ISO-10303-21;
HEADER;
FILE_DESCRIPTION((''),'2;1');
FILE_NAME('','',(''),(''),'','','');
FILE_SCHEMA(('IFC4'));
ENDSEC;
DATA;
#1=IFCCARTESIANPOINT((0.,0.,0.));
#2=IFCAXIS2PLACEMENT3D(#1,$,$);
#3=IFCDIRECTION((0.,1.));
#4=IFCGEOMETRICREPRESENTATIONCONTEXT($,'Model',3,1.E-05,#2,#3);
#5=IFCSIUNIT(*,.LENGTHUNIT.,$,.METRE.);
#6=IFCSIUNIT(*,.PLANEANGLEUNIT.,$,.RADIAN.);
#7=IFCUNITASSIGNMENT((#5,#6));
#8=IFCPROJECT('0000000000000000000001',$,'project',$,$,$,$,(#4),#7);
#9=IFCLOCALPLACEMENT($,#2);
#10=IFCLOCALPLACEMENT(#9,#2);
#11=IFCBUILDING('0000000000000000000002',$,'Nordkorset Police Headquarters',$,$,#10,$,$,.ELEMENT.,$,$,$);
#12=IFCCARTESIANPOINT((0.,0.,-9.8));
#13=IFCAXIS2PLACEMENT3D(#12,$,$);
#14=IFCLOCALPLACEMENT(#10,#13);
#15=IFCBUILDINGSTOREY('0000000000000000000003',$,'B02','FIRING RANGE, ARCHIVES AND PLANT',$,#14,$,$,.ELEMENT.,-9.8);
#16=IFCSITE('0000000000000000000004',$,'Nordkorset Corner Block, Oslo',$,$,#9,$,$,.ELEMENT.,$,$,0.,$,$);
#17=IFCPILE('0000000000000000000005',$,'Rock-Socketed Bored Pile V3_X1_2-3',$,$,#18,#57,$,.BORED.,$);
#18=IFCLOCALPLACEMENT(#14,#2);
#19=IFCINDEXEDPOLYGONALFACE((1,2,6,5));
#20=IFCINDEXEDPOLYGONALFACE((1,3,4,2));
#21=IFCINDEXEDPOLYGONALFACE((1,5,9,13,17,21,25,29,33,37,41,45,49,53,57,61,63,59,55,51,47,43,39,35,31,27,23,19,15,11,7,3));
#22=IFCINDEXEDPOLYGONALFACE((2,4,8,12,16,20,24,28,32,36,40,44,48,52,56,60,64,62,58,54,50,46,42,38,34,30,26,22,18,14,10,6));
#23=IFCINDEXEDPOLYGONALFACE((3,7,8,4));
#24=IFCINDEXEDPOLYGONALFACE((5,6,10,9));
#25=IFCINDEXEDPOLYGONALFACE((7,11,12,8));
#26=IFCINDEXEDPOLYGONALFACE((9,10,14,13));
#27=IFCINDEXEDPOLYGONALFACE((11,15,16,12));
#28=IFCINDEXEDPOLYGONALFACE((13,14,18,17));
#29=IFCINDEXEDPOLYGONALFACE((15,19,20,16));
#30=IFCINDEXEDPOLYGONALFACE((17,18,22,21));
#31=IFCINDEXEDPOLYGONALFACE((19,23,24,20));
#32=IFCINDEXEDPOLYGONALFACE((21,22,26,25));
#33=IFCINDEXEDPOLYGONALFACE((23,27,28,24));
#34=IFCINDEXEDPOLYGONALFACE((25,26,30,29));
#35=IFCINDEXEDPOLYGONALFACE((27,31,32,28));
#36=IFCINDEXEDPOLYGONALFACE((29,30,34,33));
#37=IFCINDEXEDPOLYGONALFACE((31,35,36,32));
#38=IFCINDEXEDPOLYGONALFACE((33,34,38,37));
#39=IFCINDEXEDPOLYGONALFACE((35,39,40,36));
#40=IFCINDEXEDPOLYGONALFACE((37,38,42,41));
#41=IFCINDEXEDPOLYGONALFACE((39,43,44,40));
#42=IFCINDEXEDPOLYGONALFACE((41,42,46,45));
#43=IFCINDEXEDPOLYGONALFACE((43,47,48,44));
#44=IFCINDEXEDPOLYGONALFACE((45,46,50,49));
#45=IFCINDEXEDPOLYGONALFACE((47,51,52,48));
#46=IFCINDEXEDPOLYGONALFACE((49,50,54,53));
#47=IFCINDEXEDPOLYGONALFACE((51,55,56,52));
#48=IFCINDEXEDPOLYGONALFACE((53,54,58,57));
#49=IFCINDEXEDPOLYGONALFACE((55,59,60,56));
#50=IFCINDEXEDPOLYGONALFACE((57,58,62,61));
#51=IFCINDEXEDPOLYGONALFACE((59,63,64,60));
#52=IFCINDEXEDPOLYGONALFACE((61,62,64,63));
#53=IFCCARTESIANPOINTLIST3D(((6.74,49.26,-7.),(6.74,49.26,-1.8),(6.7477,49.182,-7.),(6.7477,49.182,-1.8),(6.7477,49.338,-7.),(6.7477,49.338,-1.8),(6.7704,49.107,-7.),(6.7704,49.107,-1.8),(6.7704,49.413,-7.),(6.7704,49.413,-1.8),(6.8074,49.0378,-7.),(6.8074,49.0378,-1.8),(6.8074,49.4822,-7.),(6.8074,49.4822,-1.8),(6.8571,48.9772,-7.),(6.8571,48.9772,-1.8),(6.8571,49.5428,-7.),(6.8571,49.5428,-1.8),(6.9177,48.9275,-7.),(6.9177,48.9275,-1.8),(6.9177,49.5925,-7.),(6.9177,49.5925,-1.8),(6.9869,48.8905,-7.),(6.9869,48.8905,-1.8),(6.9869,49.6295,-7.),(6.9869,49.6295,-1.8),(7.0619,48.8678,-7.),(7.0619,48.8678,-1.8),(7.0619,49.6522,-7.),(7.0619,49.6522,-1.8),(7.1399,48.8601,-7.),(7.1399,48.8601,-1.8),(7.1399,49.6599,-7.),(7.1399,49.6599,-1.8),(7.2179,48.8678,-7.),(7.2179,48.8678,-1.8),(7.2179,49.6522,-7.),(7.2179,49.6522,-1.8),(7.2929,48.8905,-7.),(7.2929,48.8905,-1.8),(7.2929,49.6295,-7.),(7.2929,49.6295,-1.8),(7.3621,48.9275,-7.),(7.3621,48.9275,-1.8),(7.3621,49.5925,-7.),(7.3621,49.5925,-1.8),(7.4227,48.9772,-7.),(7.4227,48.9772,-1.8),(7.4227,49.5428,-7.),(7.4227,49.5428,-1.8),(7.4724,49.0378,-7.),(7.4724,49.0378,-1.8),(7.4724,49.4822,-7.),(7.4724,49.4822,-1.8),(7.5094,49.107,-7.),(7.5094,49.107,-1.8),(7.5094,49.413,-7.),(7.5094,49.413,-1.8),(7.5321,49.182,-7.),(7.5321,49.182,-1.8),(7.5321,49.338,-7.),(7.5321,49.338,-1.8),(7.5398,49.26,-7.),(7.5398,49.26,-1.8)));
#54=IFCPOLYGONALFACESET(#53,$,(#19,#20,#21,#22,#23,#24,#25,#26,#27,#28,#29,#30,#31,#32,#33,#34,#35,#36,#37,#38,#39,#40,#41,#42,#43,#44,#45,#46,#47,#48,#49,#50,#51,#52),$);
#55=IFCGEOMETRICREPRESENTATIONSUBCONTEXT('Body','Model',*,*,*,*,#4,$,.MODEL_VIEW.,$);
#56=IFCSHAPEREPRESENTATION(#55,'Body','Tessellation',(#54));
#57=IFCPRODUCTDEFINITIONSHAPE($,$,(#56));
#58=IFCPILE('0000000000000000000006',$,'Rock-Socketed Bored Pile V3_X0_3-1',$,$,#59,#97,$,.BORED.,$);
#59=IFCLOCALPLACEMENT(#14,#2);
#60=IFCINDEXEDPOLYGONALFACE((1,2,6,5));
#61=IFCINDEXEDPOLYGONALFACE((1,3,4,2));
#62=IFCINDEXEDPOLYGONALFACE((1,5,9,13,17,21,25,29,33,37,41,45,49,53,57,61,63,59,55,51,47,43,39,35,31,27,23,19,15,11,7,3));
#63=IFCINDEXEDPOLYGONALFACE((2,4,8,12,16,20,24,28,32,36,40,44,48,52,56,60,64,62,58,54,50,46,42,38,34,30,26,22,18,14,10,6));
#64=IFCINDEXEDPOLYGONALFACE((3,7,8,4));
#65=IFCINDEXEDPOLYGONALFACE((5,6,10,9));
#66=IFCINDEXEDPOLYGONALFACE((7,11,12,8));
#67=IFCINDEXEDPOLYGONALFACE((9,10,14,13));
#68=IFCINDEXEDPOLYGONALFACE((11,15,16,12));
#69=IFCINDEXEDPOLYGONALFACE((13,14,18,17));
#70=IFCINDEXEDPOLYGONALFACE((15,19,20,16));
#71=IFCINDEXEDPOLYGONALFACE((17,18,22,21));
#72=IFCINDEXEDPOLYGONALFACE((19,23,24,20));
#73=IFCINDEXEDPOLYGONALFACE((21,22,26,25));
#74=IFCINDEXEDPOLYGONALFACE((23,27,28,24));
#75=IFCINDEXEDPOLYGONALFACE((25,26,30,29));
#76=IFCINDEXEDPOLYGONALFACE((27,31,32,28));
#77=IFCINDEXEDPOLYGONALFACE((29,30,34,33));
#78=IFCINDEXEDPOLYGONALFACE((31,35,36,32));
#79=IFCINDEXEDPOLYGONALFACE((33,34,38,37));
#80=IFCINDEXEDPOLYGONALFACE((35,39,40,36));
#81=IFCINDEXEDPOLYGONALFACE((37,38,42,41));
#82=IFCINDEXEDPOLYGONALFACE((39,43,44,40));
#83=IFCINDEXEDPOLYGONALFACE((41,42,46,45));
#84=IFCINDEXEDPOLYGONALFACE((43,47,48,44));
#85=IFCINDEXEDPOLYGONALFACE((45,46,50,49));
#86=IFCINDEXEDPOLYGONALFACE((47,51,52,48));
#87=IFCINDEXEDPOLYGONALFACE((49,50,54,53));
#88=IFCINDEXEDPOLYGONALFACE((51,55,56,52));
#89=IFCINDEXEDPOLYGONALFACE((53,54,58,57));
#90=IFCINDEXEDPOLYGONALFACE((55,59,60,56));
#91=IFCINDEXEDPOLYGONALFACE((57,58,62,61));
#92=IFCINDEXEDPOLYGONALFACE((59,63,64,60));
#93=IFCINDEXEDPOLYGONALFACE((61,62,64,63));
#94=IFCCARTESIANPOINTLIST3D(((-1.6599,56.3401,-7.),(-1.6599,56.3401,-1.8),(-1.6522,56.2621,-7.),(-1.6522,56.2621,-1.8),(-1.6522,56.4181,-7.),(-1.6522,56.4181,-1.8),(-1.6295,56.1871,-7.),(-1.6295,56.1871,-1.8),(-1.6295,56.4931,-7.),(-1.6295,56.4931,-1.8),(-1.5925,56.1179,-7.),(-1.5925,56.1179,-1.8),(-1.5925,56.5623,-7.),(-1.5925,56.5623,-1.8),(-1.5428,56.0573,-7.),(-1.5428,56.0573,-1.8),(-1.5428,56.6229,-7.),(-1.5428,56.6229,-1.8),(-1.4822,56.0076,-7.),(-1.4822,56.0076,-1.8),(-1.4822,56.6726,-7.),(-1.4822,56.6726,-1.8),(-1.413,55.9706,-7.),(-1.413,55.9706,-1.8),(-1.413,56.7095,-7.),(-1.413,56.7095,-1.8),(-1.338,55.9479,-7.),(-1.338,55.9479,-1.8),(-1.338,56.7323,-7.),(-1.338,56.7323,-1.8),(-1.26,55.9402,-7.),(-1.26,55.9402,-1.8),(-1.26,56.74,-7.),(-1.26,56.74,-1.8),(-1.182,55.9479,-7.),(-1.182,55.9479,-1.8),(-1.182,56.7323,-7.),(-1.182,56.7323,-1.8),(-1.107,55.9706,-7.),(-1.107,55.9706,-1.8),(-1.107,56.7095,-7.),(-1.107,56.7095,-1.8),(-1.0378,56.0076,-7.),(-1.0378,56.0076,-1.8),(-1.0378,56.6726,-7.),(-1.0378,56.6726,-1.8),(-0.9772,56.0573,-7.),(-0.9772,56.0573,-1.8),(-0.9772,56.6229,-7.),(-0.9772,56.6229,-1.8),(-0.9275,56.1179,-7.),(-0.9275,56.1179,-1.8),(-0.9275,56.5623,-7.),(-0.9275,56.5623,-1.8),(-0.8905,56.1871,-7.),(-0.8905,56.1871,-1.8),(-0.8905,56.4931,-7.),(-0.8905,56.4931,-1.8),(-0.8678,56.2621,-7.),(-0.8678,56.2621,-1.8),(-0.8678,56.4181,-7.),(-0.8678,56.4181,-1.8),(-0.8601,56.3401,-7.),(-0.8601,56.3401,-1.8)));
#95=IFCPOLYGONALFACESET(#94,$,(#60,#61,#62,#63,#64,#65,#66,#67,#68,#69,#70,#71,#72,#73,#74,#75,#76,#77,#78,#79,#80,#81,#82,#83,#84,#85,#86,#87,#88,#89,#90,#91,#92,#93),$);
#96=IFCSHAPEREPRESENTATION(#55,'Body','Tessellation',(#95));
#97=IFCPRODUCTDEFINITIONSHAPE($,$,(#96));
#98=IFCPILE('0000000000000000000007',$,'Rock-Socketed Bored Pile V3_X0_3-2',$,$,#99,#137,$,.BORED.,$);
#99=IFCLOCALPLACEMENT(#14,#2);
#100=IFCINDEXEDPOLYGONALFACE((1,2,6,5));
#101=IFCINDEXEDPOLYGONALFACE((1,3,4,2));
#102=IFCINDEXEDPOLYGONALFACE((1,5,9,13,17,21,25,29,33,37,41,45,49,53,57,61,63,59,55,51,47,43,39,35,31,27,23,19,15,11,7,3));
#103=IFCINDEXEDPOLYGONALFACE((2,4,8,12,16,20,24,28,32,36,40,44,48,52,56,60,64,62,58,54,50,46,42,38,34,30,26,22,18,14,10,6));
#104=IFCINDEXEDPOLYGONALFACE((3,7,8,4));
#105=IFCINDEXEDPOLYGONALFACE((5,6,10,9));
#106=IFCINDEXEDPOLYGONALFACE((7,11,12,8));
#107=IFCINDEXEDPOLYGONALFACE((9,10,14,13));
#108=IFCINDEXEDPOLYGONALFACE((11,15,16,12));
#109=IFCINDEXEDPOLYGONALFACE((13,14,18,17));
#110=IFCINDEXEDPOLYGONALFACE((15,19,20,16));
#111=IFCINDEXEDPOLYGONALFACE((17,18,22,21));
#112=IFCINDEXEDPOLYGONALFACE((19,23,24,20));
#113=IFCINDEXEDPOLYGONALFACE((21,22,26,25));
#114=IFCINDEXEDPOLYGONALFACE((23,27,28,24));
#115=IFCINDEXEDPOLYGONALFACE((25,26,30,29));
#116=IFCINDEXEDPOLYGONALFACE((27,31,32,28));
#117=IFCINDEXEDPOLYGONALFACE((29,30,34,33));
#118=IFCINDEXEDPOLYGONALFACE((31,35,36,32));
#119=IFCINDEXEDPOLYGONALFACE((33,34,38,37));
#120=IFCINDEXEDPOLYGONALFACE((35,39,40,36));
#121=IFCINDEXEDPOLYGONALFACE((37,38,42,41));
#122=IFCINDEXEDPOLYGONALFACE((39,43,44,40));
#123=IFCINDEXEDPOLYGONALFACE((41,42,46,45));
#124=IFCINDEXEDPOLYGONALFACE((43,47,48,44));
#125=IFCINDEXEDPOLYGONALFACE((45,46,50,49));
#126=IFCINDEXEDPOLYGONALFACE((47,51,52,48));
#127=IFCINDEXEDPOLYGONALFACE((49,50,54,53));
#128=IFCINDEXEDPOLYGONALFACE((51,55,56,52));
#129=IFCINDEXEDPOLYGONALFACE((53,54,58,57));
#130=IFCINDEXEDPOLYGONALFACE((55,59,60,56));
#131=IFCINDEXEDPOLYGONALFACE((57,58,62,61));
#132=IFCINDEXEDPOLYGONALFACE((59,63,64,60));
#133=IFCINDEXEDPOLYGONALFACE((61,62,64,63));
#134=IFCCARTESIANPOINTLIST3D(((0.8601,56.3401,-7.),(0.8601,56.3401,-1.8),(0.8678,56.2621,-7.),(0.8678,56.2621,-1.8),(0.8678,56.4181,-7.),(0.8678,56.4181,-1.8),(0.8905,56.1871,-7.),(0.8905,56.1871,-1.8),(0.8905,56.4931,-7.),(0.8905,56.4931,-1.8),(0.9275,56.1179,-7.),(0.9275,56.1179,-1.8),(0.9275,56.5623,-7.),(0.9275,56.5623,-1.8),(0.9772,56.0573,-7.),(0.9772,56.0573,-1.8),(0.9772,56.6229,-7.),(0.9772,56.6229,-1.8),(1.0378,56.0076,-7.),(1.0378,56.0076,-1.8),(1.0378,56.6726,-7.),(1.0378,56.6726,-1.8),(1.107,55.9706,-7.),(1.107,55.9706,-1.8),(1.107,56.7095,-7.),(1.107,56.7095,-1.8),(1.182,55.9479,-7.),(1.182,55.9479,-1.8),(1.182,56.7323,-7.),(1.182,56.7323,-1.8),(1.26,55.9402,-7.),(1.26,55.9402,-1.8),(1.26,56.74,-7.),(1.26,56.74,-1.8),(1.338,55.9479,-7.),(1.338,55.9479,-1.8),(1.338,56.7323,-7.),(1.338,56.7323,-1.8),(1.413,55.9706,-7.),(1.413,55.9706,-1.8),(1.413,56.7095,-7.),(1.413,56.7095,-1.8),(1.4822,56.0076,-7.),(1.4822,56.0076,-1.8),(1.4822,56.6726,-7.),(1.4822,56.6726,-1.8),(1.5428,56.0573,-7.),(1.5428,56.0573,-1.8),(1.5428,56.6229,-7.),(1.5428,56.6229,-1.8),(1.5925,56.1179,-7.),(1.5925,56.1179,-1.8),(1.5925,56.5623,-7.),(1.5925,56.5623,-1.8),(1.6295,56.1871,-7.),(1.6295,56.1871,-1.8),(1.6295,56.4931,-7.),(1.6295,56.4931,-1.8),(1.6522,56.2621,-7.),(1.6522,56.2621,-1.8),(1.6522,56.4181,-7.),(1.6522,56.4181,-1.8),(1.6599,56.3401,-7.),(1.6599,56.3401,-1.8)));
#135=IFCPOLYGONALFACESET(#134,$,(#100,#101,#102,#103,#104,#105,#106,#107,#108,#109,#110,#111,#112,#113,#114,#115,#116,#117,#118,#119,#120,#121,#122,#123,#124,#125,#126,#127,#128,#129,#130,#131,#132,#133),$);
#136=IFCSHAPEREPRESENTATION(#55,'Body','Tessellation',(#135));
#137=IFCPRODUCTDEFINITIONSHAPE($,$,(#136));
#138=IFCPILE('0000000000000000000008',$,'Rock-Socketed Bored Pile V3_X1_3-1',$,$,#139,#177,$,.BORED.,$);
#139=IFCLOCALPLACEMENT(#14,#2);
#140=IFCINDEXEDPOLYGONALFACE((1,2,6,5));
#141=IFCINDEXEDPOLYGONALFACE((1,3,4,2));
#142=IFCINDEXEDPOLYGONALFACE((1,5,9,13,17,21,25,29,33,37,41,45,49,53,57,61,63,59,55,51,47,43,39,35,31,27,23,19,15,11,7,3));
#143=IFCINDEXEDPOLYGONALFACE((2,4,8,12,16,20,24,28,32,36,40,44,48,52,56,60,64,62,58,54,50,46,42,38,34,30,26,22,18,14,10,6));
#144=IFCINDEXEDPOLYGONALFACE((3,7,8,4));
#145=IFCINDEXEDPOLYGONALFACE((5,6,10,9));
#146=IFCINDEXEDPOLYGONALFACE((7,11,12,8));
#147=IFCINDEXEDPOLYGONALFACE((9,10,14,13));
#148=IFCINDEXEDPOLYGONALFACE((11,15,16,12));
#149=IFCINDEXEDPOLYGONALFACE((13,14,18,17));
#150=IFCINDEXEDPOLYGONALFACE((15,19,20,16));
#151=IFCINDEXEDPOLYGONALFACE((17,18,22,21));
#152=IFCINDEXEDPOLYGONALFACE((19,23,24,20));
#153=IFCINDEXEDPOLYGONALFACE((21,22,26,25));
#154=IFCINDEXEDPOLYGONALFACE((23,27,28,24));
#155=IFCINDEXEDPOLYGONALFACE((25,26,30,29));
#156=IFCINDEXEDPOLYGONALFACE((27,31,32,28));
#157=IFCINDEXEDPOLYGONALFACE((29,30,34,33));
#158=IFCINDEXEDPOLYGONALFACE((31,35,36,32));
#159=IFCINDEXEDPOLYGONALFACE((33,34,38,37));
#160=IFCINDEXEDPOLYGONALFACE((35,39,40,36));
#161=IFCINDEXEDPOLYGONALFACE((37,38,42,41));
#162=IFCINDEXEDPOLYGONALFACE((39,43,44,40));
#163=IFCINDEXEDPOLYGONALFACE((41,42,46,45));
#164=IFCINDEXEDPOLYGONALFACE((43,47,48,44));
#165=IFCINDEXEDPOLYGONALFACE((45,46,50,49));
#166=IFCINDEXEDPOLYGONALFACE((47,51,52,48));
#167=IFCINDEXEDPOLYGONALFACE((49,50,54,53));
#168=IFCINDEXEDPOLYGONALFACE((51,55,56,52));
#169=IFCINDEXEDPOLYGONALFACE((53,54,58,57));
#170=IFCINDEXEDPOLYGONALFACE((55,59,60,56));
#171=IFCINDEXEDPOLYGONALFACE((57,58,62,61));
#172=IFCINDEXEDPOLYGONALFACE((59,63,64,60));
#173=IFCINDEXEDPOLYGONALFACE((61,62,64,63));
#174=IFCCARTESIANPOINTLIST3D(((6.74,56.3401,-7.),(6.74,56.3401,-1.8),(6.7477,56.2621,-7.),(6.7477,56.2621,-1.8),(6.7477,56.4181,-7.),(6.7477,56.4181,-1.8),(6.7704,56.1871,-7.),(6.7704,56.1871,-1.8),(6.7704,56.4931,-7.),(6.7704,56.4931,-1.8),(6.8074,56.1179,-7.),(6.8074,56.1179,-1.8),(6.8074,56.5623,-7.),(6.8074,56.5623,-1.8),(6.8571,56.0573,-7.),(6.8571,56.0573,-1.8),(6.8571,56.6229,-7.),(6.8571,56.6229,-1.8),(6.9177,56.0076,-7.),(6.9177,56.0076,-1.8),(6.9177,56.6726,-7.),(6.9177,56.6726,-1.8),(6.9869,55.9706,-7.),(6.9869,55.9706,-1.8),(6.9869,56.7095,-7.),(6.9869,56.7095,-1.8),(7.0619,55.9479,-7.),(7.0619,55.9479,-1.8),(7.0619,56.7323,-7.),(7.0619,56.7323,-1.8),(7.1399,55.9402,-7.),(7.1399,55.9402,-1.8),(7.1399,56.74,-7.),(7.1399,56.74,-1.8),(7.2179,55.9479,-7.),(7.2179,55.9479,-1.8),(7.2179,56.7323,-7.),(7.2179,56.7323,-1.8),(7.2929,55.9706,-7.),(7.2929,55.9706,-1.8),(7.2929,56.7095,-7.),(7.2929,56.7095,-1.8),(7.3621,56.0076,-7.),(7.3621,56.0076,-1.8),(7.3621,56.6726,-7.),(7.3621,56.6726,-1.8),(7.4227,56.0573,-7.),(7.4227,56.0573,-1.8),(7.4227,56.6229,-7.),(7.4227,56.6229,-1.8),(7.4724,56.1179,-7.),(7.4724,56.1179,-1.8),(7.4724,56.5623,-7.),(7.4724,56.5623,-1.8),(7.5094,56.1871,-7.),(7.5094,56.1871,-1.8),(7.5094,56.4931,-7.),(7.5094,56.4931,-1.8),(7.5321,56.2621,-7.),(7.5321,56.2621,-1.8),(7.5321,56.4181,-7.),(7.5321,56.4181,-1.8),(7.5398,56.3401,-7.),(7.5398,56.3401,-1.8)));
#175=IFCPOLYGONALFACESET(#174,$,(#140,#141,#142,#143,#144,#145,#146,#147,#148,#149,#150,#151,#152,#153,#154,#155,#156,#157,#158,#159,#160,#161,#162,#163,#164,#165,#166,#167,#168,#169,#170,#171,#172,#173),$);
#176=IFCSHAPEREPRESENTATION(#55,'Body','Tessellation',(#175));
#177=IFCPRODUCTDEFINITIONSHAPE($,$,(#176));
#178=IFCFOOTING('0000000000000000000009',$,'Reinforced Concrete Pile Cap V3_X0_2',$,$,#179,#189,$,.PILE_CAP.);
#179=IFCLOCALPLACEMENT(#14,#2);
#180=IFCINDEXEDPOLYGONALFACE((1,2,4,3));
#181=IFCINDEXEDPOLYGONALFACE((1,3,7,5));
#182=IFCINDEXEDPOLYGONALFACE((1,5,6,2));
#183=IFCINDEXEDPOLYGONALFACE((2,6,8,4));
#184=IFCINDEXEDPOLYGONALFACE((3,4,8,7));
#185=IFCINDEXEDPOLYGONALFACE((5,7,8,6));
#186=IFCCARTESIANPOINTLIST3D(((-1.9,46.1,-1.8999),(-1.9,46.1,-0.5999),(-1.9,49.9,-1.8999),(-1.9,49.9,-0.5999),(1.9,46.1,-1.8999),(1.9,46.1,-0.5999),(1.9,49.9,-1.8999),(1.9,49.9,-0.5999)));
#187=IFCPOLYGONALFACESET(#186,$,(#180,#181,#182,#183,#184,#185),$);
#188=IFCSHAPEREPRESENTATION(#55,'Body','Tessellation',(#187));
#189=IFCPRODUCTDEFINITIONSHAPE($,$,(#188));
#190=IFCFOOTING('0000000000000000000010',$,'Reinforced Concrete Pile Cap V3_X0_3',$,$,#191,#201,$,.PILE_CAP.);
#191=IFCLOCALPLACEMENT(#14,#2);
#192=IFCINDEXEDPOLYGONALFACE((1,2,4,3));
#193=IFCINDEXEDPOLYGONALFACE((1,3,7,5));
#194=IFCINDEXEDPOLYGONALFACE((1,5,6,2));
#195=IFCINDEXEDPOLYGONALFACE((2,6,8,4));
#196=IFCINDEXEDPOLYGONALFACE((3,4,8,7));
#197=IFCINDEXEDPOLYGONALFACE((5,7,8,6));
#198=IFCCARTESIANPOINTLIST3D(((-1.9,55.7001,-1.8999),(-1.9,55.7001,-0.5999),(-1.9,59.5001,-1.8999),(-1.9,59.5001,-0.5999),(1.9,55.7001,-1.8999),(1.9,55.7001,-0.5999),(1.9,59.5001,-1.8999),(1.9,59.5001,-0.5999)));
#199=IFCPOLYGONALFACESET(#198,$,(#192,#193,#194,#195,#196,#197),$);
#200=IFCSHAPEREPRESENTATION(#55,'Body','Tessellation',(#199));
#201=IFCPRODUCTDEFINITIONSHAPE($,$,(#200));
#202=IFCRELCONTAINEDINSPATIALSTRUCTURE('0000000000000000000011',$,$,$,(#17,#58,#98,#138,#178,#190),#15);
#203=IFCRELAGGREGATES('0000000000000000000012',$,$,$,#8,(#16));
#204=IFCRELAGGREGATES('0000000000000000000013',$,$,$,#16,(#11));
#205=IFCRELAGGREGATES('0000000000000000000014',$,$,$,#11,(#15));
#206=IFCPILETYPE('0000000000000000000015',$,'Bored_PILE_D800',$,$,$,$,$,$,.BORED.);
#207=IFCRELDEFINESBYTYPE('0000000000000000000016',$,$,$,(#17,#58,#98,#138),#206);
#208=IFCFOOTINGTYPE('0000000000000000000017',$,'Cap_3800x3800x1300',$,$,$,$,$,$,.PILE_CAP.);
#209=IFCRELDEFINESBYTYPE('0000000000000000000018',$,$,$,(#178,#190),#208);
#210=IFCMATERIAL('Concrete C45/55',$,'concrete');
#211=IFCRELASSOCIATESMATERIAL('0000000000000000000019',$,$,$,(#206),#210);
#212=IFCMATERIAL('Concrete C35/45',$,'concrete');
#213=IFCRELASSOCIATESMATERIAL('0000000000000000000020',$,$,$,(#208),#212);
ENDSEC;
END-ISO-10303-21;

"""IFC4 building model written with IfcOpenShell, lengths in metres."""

from ifc_helpers import new_model, si_unit, direction, frame, origin, origin_2d, place, context, subcontext, project, spatial, rectangle, circle, extrude, material, material_profile, profile_set, type_object, element, save


model = new_model("IFC4")

# Units and contexts
model_context = context("Model", 3, precision=1e-05, world=origin(), true_north=direction((0.0, 1.0)))
body_context = subcontext(model_context, "Body", "Model", "MODEL_VIEW")
ifc_project = project(units=[si_unit("LENGTHUNIT", "METRE"), si_unit("PLANEANGLEUNIT", "RADIAN")], contexts=[model_context])

# Site, building, storey
site_placement = place(None, origin())
site = spatial("IfcSite", under=ifc_project, at=site_placement, Name="Nordkorset Corner Block, Oslo", CompositionType="ELEMENT", RefElevation=0.0)
building_placement = place(site_placement, origin())
building = spatial("IfcBuilding", under=site, at=building_placement, Name="Nordkorset Police Headquarters", CompositionType="ELEMENT")
storey_placement = place(building_placement, frame((0.0, 0.0, -9.8)))
storey = spatial("IfcBuildingStorey", under=building, at=storey_placement, Name="B02", Description="FIRING RANGE, ARCHIVES AND PLANT", CompositionType="ELEMENT", Elevation=-9.8)

# Piles
ifc_material_1 = material(Name="Concrete C45/55", Category="concrete")
ifc_material_profile_1 = material_profile(ifc_material_1, circle(Radius=0.3999, at=origin_2d()), Name="PILE D800")
ifc_profile_set_1 = profile_set([ifc_material_profile_1], Name="Concrete C45/55")
pile_type = type_object("IfcPileType", Name="Bored_PILE_D800", PredefinedType="BORED", material=ifc_profile_set_1)
for number, where, z_axis, x_axis, name in (
    (1, (7.1399, 49.26, -1.8), (0.0, 0.0, -1.0), (1.0, 0.0, 0.0), "Rock-Socketed Bored Pile V3_X1_2-3"),
    (2, (-1.26, 56.3401, -1.8), (0.0, 0.0, -1.0), (1.0, 0.0, 0.0), "Rock-Socketed Bored Pile V3_X0_3-1"),
    (3, (1.26, 56.3401, -1.8), (0.0, 0.0, -1.0), (1.0, 0.0, 0.0), "Rock-Socketed Bored Pile V3_X0_3-2"),
    (4, (7.1399, 56.3401, -1.8), (0.0, 0.0, -1.0), (1.0, 0.0, 0.0), "Rock-Socketed Bored Pile V3_X1_3-1"),
):
    element("IfcPile", number, at=place(storey_placement, frame(where, z_axis=z_axis, x_axis=x_axis)), inside=storey, type_object=pile_type, Name=name, PredefinedType="BORED", context=body_context, shape_type="SweptSolid", body=[
        extrude(circle(Radius=0.3999, at=origin_2d()), origin(), (0.0, 0.0, 1.0), 5.2),
    ])

# Footings
ifc_material_2 = material(Name="Concrete C35/45", Category="concrete")
footing_type = type_object("IfcFootingType", Name="Cap_3800x3800x1300", PredefinedType="PILE_CAP", material=ifc_material_2)
for number, where, z_axis, x_axis, name in (
    (5, (0.0, 48.0, -1.8999), (0.0, 0.0, 1.0), (1.0, 0.0, 0.0), "Reinforced Concrete Pile Cap V3_X0_2"),
    (6, (0.0, 57.6001, -1.8999), (0.0, 0.0, 1.0), (1.0, 0.0, 0.0), "Reinforced Concrete Pile Cap V3_X0_3"),
):
    element("IfcFooting", number, at=place(storey_placement, frame(where, z_axis=z_axis, x_axis=x_axis)), inside=storey, type_object=footing_type, Name=name, PredefinedType="PILE_CAP", context=body_context, shape_type="SweptSolid", body=[
        extrude(rectangle(XDim=3.8, YDim=3.8, at=origin_2d()), origin(), (0.0, 0.0, 1.0), 1.3),
    ])

save(model, "model.ifc")
